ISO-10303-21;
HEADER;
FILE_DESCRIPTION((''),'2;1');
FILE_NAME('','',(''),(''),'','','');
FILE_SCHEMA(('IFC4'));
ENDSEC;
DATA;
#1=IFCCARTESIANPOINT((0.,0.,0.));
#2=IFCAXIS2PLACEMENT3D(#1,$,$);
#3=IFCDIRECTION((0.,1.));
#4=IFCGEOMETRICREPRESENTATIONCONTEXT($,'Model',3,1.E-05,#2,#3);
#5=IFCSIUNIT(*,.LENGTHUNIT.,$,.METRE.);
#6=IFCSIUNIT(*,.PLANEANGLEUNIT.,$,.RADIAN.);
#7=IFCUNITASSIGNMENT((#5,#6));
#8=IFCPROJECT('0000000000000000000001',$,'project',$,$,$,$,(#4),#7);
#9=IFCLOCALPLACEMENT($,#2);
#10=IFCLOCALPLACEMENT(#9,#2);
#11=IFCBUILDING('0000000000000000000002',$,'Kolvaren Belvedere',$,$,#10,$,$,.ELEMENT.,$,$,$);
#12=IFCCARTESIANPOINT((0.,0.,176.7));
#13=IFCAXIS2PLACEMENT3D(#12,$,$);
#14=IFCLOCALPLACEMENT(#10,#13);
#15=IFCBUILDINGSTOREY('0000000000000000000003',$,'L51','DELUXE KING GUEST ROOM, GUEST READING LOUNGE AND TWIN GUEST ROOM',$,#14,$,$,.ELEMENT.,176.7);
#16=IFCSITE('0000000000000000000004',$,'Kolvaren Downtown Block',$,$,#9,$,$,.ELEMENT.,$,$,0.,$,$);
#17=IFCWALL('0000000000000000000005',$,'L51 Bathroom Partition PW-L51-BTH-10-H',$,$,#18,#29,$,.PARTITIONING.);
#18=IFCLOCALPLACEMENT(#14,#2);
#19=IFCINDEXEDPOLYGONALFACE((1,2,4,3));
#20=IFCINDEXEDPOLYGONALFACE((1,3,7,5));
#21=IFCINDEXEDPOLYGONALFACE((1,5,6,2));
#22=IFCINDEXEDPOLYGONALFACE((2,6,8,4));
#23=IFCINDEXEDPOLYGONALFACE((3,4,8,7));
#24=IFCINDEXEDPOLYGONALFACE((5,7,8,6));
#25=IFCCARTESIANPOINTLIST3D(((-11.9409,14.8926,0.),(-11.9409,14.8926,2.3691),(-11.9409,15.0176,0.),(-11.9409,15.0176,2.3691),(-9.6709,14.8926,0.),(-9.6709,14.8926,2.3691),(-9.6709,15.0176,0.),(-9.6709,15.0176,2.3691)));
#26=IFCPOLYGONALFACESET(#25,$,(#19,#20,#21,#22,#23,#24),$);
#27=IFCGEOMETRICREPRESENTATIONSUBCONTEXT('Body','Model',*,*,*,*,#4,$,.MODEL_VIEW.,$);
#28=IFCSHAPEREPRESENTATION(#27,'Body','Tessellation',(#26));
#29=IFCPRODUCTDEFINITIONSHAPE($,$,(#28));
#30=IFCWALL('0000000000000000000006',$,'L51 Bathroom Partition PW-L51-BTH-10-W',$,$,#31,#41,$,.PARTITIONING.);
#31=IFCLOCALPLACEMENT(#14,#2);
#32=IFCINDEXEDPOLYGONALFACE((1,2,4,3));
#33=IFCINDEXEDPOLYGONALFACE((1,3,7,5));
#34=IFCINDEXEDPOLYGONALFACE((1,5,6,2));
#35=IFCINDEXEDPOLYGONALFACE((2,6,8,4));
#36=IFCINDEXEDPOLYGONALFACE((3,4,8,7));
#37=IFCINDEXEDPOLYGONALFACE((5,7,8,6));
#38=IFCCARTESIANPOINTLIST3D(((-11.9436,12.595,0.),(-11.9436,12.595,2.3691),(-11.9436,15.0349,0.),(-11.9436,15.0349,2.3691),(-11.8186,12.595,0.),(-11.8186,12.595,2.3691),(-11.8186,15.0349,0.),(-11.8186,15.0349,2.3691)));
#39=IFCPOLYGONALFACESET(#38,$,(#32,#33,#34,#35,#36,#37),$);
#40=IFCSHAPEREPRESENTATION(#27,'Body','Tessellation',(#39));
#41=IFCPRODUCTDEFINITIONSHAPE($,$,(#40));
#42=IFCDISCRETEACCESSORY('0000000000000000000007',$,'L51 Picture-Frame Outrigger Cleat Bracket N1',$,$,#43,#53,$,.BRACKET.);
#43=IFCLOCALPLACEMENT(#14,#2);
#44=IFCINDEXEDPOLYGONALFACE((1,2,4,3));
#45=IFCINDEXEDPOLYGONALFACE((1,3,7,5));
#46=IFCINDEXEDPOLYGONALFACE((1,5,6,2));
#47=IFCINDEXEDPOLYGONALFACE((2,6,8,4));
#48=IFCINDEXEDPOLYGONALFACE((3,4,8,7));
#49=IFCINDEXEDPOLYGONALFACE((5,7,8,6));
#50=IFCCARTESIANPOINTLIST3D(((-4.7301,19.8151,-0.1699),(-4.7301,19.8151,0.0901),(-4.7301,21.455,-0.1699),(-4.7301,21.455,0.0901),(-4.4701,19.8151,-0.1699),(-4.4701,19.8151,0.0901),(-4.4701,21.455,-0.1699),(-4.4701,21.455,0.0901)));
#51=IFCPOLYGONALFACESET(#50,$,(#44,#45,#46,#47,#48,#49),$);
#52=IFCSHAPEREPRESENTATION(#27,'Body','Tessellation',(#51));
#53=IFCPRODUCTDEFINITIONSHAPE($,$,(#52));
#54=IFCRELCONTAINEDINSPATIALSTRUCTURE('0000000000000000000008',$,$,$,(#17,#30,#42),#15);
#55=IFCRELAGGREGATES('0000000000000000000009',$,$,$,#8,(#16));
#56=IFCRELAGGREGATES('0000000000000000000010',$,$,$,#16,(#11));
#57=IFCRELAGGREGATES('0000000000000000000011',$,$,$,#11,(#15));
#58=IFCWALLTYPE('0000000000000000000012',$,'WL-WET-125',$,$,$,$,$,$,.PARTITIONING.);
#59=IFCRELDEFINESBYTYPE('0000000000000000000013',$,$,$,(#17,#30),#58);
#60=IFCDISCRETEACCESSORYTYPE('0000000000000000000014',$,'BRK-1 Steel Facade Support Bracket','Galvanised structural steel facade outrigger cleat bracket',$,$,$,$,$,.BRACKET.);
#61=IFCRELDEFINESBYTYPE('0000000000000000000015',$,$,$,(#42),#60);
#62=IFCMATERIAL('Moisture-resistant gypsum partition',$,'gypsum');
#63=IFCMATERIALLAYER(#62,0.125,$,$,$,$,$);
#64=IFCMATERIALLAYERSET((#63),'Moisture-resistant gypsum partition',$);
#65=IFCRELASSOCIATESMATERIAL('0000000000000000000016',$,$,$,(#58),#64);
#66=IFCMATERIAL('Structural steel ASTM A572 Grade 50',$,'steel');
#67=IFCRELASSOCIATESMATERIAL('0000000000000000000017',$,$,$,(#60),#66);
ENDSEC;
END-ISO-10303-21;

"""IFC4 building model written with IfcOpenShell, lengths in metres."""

from ifc_helpers import new_model, si_unit, direction, frame, frame_2d, origin, origin_2d, place, context, subcontext, project, spatial, rectangle, extrude, material, layer, layer_set, type_object, element, save


model = new_model("IFC4")

# Units and contexts
model_context = context("Model", 3, precision=1e-05, world=origin(), true_north=direction((0.0, 1.0)))
body_context = subcontext(model_context, "Body", "Model", "MODEL_VIEW")
ifc_project = project(units=[si_unit("LENGTHUNIT", "METRE"), si_unit("PLANEANGLEUNIT", "RADIAN")], contexts=[model_context])

# Site, building, storey
site_placement = place(None, origin())
site = spatial("IfcSite", under=ifc_project, at=site_placement, Name="Kolvaren Downtown Block", CompositionType="ELEMENT", RefElevation=0.0)
building_placement = place(site_placement, origin())
building = spatial("IfcBuilding", under=site, at=building_placement, Name="Kolvaren Belvedere", CompositionType="ELEMENT")
storey_placement = place(building_placement, frame((0.0, 0.0, 176.7)))
storey = spatial("IfcBuildingStorey", under=building, at=storey_placement, Name="L51", Description="DELUXE KING GUEST ROOM, GUEST READING LOUNGE AND TWIN GUEST ROOM", CompositionType="ELEMENT", Elevation=176.7)

# Shared definitions
ifc_material_1 = material(Name="Moisture-resistant gypsum partition", Category="gypsum")
ifc_layer_1 = layer(ifc_material_1, 0.125)
ifc_layer_set_1 = layer_set([ifc_layer_1], Name="Moisture-resistant gypsum partition")
wall_type_1 = type_object("IfcWallType", Name="WL-WET-125", PredefinedType="PARTITIONING", material=ifc_layer_set_1)

# Walls
wall_1_placement = place(storey_placement, frame((-11.9409, 14.9551, 0.0), z_axis=(0.0, 0.0, 1.0), x_axis=(1.0, 0.0, 0.0)))
element("IfcWall", 1, at=wall_1_placement, inside=storey, type_object=wall_type_1, Name="L51 Bathroom Partition PW-L51-BTH-10-H", PredefinedType="PARTITIONING", context=body_context, shape_type="SweptSolid", body=[
    extrude(rectangle(XDim=2.27, YDim=0.125, at=frame_2d((1.135, 0.0))), origin(), (0.0, 0.0, 1.0), 2.3691),
])
wall_2_placement = place(storey_placement, frame((-11.8811, 12.595, 0.0), z_axis=(0.0, 0.0, 1.0), x_axis=(0.0, 1.0, 0.0)))
element("IfcWall", 2, at=wall_2_placement, inside=storey, type_object=wall_type_1, Name="L51 Bathroom Partition PW-L51-BTH-10-W", PredefinedType="PARTITIONING", context=body_context, shape_type="SweptSolid", body=[
    extrude(rectangle(XDim=2.4399, YDim=0.125, at=frame_2d((1.22, 0.0))), origin(), (0.0, 0.0, 1.0), 2.3691),
])

# Discrete accessory
ifc_material_2 = material(Name="Structural steel ASTM A572 Grade 50", Category="steel")
discrete_accessory_type = type_object("IfcDiscreteAccessoryType", Name="BRK-1 Steel Facade Support Bracket", Description="Galvanised structural steel facade outrigger cleat bracket", PredefinedType="BRACKET", material=ifc_material_2)
discrete_accessory_placement = place(storey_placement, frame((-4.6001, 20.635, -0.1699), z_axis=(0.0, 0.0, 1.0), x_axis=(0.0, 1.0, 0.0)))
element("IfcDiscreteAccessory", 3, at=discrete_accessory_placement, inside=storey, type_object=discrete_accessory_type, Name="L51 Picture-Frame Outrigger Cleat Bracket N1", PredefinedType="BRACKET", context=body_context, shape_type="SweptSolid", body=[
    extrude(rectangle(XDim=1.6399, YDim=0.26, at=origin_2d()), origin(), (0.0, 0.0, 1.0), 0.26),
])

save(model, "model.ifc")
